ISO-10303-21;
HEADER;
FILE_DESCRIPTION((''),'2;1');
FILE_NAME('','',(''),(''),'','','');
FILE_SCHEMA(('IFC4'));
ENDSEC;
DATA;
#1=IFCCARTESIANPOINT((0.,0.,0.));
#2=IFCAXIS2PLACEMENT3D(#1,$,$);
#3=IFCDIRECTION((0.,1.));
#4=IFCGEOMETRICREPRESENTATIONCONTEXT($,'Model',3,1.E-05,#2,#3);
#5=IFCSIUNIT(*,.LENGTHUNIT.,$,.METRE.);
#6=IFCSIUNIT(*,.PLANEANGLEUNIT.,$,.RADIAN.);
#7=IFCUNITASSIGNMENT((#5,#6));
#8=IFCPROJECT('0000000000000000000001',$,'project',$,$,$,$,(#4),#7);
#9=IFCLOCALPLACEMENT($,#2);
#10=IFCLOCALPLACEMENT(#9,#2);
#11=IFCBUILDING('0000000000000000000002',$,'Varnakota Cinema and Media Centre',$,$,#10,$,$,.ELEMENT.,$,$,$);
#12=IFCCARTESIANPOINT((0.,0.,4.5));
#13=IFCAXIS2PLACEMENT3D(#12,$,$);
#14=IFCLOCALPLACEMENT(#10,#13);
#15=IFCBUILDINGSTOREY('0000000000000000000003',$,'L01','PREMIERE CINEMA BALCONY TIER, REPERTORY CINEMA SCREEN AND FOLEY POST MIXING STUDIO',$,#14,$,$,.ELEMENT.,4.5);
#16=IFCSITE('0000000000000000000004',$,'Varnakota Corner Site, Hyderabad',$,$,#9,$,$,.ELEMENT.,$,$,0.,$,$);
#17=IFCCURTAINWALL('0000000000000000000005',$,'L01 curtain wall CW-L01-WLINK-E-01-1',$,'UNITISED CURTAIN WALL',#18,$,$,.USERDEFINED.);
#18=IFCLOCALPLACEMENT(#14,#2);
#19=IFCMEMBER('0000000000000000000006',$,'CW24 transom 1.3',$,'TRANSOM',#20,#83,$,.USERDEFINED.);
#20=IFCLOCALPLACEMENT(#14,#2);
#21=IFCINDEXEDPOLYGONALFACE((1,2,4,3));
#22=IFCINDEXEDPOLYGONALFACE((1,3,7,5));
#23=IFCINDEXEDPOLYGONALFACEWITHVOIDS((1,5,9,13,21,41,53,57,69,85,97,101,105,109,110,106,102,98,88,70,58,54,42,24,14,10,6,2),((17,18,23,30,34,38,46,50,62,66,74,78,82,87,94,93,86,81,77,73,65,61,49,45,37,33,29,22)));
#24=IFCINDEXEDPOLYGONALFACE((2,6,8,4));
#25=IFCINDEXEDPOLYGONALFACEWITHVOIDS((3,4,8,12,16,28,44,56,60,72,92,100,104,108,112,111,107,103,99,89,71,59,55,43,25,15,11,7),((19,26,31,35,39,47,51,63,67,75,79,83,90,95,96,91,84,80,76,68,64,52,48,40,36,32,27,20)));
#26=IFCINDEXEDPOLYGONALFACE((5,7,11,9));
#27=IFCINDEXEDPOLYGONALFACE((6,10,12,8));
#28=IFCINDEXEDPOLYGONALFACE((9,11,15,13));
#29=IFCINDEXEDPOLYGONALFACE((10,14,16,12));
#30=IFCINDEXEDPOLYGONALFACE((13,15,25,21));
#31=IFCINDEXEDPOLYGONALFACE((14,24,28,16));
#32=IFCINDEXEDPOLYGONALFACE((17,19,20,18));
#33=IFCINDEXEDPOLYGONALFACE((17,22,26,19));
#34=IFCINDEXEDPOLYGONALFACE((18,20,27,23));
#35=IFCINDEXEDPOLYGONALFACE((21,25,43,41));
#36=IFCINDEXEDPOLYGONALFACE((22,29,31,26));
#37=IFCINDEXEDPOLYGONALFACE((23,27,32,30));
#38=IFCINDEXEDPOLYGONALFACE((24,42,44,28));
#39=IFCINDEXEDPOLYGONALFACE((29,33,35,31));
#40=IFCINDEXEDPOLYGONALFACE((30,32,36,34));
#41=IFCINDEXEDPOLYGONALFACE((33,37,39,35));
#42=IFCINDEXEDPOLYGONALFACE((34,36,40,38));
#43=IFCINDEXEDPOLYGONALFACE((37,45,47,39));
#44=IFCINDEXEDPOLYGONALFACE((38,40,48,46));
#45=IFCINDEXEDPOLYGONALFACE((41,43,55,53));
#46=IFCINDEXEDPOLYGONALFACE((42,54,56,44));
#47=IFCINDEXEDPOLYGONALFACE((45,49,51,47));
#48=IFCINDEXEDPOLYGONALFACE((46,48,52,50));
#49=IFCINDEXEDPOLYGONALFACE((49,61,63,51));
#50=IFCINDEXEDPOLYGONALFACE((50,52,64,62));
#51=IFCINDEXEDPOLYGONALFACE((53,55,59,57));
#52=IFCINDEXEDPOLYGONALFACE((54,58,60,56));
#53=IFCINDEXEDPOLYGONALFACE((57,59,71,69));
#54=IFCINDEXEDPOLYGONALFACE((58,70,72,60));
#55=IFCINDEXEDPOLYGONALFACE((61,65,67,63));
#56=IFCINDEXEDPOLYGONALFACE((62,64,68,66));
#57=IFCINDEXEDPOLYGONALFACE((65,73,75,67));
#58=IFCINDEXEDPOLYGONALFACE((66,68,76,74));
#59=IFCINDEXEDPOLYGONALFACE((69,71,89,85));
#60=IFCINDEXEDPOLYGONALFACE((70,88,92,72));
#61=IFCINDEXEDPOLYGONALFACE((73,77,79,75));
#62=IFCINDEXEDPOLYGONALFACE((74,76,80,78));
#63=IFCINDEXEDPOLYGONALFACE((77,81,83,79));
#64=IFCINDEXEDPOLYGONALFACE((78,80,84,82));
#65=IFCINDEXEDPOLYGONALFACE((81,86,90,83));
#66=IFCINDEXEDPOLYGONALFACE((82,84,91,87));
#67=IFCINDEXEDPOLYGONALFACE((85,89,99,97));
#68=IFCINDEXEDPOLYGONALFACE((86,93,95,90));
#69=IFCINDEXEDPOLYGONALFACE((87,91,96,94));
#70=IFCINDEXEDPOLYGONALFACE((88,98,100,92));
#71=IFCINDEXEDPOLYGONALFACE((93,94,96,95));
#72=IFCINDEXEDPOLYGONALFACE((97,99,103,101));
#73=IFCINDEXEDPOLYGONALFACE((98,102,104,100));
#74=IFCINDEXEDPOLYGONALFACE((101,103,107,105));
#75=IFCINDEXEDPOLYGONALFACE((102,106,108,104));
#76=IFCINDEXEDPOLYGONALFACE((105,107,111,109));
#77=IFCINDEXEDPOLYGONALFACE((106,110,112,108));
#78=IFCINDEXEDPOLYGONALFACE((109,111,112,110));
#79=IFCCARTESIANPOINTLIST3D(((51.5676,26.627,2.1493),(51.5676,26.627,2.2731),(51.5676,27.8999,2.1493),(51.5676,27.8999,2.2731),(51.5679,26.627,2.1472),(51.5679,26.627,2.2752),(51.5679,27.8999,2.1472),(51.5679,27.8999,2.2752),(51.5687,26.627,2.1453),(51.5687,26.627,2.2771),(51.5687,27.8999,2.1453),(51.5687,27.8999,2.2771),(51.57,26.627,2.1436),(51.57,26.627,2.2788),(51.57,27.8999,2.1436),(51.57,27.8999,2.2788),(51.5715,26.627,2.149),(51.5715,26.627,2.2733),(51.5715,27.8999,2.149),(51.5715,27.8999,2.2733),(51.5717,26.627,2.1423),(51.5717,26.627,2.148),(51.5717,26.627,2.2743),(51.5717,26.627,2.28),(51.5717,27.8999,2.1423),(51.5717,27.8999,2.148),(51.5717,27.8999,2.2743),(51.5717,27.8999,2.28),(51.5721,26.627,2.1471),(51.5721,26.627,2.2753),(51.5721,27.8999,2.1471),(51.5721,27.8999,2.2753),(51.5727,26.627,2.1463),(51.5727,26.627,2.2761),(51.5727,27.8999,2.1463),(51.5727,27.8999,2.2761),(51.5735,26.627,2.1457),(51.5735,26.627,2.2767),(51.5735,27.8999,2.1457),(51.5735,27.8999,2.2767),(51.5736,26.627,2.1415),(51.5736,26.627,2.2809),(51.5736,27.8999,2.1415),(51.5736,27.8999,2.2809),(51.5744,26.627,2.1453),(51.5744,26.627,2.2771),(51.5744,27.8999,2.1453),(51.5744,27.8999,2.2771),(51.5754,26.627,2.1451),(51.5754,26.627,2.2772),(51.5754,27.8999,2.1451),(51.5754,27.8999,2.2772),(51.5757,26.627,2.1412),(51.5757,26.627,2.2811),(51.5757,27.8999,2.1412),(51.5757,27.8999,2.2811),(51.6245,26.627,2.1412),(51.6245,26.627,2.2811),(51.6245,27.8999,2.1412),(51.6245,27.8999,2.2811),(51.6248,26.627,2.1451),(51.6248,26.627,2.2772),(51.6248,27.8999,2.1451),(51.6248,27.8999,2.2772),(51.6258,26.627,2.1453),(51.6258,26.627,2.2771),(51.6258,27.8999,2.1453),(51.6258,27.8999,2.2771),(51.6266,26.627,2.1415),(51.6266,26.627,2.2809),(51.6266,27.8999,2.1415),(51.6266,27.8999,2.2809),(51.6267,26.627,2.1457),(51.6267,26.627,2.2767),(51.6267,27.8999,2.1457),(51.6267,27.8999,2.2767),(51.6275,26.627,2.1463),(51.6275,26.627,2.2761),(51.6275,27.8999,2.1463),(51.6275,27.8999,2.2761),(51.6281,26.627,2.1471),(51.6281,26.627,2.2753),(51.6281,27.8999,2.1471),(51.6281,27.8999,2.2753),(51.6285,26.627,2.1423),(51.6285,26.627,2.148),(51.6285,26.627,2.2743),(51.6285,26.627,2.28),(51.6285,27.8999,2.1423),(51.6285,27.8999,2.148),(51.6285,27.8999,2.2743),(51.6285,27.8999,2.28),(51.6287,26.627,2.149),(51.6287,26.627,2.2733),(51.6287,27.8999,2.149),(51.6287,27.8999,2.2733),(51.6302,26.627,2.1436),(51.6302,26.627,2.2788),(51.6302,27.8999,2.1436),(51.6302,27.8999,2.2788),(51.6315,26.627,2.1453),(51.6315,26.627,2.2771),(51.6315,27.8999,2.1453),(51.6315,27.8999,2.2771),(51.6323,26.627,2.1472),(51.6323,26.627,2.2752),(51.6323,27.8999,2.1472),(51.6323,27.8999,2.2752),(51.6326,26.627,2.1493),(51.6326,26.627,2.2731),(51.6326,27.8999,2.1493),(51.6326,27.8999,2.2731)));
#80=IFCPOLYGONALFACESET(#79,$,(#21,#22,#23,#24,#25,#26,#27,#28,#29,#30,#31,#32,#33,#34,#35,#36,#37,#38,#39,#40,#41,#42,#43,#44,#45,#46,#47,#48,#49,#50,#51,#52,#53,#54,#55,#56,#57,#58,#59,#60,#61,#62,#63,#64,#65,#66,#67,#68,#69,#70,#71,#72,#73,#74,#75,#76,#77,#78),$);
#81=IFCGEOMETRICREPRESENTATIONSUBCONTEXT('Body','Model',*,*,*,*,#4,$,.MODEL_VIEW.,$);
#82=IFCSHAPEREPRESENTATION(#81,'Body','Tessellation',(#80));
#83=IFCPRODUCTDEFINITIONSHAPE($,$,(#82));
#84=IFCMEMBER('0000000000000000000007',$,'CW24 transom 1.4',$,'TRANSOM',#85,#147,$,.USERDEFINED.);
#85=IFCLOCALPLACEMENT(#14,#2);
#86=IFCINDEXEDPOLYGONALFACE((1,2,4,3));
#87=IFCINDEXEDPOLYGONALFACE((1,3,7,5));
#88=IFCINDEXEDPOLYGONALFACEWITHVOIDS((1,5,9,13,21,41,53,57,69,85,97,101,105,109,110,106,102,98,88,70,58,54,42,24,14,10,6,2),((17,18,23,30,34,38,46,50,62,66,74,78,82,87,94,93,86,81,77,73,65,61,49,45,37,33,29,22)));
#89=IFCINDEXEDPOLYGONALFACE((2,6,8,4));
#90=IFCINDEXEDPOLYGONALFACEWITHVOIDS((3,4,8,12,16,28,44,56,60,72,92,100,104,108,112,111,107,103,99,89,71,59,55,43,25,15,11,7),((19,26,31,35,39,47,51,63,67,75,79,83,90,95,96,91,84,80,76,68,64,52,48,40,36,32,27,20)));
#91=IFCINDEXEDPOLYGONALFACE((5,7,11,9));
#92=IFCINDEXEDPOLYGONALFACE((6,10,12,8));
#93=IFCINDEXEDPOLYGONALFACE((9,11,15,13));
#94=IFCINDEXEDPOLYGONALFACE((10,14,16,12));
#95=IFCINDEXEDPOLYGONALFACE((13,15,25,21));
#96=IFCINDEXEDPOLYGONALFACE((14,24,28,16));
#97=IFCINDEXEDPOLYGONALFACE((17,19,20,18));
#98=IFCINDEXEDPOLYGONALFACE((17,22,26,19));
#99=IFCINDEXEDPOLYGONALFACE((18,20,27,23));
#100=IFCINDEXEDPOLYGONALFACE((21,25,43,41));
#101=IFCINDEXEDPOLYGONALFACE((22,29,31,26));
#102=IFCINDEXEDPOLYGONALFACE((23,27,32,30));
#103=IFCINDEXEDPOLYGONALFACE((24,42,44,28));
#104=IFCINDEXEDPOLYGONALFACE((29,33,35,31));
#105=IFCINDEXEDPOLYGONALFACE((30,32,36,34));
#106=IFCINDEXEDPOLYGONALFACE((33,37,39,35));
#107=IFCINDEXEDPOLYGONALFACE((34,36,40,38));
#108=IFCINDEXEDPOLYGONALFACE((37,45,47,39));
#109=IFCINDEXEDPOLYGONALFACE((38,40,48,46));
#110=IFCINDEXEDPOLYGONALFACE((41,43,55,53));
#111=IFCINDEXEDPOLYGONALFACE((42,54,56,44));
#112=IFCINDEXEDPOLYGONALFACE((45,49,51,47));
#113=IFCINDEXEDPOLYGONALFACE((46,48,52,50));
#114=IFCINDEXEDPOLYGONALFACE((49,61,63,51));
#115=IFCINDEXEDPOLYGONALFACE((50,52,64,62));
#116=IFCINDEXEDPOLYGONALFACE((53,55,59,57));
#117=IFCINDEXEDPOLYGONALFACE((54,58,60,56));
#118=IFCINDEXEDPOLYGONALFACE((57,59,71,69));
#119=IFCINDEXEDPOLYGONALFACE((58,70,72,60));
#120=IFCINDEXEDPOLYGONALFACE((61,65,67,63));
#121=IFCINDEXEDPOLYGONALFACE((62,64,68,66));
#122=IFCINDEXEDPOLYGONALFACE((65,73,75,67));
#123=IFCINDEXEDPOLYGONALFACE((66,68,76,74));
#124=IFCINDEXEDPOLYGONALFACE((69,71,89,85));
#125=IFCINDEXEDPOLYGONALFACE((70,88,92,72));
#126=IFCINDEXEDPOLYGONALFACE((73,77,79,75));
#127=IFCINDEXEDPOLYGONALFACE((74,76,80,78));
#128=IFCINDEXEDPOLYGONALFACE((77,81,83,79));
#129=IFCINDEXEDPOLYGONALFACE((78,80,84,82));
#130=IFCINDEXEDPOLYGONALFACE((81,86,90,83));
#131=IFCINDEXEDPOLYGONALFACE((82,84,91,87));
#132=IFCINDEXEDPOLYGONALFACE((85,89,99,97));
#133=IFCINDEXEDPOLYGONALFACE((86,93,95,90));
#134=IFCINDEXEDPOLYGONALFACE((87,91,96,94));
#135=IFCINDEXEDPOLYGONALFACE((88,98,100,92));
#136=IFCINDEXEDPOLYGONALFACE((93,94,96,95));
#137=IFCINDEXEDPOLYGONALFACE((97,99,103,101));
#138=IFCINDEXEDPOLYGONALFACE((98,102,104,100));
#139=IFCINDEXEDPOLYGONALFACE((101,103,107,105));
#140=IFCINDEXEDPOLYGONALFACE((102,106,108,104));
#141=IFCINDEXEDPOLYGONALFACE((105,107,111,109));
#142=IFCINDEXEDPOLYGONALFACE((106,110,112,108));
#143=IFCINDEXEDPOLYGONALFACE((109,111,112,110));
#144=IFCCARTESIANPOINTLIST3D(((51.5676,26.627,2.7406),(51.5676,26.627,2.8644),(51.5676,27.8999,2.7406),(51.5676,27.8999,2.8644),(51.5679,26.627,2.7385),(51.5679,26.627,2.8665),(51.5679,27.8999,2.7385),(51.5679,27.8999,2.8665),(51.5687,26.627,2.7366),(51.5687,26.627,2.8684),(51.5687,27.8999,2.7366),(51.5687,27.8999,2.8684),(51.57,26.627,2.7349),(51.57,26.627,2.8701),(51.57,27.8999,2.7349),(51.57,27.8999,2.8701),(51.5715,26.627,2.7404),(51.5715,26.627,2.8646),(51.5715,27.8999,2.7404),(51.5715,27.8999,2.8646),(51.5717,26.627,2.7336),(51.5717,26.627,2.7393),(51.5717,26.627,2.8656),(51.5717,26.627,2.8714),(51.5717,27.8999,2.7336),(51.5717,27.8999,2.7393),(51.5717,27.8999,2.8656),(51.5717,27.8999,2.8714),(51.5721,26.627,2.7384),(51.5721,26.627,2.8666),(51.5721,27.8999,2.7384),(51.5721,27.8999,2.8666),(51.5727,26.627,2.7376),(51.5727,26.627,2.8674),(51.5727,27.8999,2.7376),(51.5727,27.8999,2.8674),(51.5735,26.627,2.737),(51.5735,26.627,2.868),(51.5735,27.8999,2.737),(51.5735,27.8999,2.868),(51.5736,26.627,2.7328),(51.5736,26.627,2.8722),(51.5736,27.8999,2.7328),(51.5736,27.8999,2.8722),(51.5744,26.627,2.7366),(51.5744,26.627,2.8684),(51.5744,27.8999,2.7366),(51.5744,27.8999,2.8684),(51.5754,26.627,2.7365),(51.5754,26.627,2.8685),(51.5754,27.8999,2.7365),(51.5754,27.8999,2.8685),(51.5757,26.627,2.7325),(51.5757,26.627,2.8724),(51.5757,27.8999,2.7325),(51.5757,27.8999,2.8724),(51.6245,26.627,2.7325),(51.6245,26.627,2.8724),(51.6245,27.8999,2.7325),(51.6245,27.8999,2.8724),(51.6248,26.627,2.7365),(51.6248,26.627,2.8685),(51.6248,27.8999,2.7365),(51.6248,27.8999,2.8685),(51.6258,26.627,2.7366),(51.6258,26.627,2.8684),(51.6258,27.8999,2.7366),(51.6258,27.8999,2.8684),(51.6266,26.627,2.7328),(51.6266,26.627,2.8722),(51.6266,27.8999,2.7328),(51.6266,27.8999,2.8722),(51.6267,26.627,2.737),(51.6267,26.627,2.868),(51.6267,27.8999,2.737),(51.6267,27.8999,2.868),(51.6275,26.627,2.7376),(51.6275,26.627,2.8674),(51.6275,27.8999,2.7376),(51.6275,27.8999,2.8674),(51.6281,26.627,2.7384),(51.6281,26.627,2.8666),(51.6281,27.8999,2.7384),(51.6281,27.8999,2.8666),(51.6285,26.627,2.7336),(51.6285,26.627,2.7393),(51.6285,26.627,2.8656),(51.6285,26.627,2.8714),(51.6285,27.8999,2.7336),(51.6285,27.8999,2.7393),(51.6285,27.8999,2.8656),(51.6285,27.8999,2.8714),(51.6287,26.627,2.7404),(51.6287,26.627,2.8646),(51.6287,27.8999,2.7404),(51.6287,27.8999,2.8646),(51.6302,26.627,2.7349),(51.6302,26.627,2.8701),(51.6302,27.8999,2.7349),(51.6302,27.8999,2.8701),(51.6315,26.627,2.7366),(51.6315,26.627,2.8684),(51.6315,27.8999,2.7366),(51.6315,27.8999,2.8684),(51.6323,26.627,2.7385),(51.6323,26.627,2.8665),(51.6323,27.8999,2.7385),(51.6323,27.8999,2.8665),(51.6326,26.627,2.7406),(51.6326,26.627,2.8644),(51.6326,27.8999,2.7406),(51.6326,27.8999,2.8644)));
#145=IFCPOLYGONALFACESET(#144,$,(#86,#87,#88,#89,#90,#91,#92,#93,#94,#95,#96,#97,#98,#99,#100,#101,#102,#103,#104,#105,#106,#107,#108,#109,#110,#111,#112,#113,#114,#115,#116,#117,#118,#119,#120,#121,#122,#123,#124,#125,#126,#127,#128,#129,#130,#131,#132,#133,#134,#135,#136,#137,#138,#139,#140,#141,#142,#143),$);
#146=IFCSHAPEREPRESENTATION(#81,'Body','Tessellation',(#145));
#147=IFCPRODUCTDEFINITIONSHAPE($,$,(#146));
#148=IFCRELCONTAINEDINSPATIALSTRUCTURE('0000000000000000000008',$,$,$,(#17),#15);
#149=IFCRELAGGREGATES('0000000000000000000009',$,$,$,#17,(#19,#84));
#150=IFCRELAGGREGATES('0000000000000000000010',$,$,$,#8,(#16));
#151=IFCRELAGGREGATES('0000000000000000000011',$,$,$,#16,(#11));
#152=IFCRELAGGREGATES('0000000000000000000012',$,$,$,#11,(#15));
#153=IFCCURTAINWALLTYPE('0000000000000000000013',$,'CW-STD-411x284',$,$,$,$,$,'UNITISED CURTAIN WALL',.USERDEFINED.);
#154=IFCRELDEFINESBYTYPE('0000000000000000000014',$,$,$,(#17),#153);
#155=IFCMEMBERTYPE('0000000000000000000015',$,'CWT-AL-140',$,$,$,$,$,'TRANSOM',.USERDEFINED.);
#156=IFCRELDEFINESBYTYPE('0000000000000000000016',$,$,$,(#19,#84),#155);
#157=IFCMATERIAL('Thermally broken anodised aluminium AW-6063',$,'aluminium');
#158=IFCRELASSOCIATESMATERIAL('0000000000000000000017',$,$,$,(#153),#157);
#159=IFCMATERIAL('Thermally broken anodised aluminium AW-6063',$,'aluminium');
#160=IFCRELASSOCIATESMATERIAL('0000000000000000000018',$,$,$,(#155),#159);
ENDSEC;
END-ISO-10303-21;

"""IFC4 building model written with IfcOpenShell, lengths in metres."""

from ifc_helpers import new_model, si_unit, direction, frame, origin, origin_2d, place, context, subcontext, project, spatial, hollow_rectangle, extrude, material, material_profile, profile_set, type_object, element, aggregate, save


model = new_model("IFC4")

# Units and contexts
model_context = context("Model", 3, precision=1e-05, world=origin(), true_north=direction((0.0, 1.0)))
body_context = subcontext(model_context, "Body", "Model", "MODEL_VIEW")
ifc_project = project(units=[si_unit("LENGTHUNIT", "METRE"), si_unit("PLANEANGLEUNIT", "RADIAN")], contexts=[model_context])

# Site, building, storey
site_placement = place(None, origin())
site = spatial("IfcSite", under=ifc_project, at=site_placement, Name="Varnakota Corner Site, Hyderabad", CompositionType="ELEMENT", RefElevation=0.0)
building_placement = place(site_placement, origin())
building = spatial("IfcBuilding", under=site, at=building_placement, Name="Varnakota Cinema and Media Centre", CompositionType="ELEMENT")
storey_placement = place(building_placement, frame((0.0, 0.0, 4.5)))
storey = spatial("IfcBuildingStorey", under=building, at=storey_placement, Name="L01", Description="PREMIERE CINEMA BALCONY TIER, REPERTORY CINEMA SCREEN AND FOLEY POST MIXING STUDIO", CompositionType="ELEMENT", Elevation=4.5)

# Curtain wall
ifc_material_1 = material(Name="Thermally broken anodised aluminium AW-6063", Category="aluminium")
curtain_wall_type_1 = type_object("IfcCurtainWallType", Name="CW-STD-411x284", ElementType="UNITISED CURTAIN WALL", PredefinedType="USERDEFINED", material=ifc_material_1)
curtain_wall_1_placement = place(storey_placement, origin())
curtain_wall_1 = element("IfcCurtainWall", 1, at=curtain_wall_1_placement, inside=storey, type_object=curtain_wall_type_1, Name="L01 curtain wall CW-L01-WLINK-E-01-1", ObjectType="UNITISED CURTAIN WALL", PredefinedType="USERDEFINED")

# Members
ifc_material_2 = material(Name="Thermally broken anodised aluminium AW-6063", Category="aluminium")
ifc_material_profile_1 = material_profile(ifc_material_2, hollow_rectangle(XDim=0.0649, YDim=0.1399, WallThickness=0.0039, InnerFilletRadius=0.0039, OuterFilletRadius=0.0081, at=origin_2d()), Name="AL-TRANSOM 140x65x4")
ifc_profile_set_1 = profile_set([ifc_material_profile_1], Name="Thermally broken anodised aluminium AW-6063")
member_type_1 = type_object("IfcMemberType", Name="CWT-AL-140", ElementType="TRANSOM", PredefinedType="USERDEFINED", material=ifc_profile_set_1)
member_1_placement = place(storey_placement, frame((51.6001, 26.627, 2.2112), z_axis=(0.0, 1.0, 0.0), x_axis=(-1.0, 0.0, 0.0)))
member_1 = element("IfcMember", 2, at=member_1_placement, type_object=member_type_1, Name="CW24 transom 1.3", ObjectType="TRANSOM", PredefinedType="USERDEFINED", context=body_context, shape_type="SweptSolid", body=[
    extrude(hollow_rectangle(XDim=0.0649, YDim=0.1399, WallThickness=0.0039, InnerFilletRadius=0.0039, OuterFilletRadius=0.0081, at=origin_2d()), origin(), (0.0, 0.0, 1.0), 1.2729),
])
member_2_placement = place(storey_placement, frame((51.6001, 26.627, 2.8025), z_axis=(0.0, 1.0, 0.0), x_axis=(-1.0, 0.0, 0.0)))
member_2 = element("IfcMember", 3, at=member_2_placement, type_object=member_type_1, Name="CW24 transom 1.4", ObjectType="TRANSOM", PredefinedType="USERDEFINED", context=body_context, shape_type="SweptSolid", body=[
    extrude(hollow_rectangle(XDim=0.0649, YDim=0.1399, WallThickness=0.0039, InnerFilletRadius=0.0039, OuterFilletRadius=0.0081, at=origin_2d()), origin(), (0.0, 0.0, 1.0), 1.2729),
])

aggregate(curtain_wall_1, [member_1, member_2])

save(model, "model.ifc")
